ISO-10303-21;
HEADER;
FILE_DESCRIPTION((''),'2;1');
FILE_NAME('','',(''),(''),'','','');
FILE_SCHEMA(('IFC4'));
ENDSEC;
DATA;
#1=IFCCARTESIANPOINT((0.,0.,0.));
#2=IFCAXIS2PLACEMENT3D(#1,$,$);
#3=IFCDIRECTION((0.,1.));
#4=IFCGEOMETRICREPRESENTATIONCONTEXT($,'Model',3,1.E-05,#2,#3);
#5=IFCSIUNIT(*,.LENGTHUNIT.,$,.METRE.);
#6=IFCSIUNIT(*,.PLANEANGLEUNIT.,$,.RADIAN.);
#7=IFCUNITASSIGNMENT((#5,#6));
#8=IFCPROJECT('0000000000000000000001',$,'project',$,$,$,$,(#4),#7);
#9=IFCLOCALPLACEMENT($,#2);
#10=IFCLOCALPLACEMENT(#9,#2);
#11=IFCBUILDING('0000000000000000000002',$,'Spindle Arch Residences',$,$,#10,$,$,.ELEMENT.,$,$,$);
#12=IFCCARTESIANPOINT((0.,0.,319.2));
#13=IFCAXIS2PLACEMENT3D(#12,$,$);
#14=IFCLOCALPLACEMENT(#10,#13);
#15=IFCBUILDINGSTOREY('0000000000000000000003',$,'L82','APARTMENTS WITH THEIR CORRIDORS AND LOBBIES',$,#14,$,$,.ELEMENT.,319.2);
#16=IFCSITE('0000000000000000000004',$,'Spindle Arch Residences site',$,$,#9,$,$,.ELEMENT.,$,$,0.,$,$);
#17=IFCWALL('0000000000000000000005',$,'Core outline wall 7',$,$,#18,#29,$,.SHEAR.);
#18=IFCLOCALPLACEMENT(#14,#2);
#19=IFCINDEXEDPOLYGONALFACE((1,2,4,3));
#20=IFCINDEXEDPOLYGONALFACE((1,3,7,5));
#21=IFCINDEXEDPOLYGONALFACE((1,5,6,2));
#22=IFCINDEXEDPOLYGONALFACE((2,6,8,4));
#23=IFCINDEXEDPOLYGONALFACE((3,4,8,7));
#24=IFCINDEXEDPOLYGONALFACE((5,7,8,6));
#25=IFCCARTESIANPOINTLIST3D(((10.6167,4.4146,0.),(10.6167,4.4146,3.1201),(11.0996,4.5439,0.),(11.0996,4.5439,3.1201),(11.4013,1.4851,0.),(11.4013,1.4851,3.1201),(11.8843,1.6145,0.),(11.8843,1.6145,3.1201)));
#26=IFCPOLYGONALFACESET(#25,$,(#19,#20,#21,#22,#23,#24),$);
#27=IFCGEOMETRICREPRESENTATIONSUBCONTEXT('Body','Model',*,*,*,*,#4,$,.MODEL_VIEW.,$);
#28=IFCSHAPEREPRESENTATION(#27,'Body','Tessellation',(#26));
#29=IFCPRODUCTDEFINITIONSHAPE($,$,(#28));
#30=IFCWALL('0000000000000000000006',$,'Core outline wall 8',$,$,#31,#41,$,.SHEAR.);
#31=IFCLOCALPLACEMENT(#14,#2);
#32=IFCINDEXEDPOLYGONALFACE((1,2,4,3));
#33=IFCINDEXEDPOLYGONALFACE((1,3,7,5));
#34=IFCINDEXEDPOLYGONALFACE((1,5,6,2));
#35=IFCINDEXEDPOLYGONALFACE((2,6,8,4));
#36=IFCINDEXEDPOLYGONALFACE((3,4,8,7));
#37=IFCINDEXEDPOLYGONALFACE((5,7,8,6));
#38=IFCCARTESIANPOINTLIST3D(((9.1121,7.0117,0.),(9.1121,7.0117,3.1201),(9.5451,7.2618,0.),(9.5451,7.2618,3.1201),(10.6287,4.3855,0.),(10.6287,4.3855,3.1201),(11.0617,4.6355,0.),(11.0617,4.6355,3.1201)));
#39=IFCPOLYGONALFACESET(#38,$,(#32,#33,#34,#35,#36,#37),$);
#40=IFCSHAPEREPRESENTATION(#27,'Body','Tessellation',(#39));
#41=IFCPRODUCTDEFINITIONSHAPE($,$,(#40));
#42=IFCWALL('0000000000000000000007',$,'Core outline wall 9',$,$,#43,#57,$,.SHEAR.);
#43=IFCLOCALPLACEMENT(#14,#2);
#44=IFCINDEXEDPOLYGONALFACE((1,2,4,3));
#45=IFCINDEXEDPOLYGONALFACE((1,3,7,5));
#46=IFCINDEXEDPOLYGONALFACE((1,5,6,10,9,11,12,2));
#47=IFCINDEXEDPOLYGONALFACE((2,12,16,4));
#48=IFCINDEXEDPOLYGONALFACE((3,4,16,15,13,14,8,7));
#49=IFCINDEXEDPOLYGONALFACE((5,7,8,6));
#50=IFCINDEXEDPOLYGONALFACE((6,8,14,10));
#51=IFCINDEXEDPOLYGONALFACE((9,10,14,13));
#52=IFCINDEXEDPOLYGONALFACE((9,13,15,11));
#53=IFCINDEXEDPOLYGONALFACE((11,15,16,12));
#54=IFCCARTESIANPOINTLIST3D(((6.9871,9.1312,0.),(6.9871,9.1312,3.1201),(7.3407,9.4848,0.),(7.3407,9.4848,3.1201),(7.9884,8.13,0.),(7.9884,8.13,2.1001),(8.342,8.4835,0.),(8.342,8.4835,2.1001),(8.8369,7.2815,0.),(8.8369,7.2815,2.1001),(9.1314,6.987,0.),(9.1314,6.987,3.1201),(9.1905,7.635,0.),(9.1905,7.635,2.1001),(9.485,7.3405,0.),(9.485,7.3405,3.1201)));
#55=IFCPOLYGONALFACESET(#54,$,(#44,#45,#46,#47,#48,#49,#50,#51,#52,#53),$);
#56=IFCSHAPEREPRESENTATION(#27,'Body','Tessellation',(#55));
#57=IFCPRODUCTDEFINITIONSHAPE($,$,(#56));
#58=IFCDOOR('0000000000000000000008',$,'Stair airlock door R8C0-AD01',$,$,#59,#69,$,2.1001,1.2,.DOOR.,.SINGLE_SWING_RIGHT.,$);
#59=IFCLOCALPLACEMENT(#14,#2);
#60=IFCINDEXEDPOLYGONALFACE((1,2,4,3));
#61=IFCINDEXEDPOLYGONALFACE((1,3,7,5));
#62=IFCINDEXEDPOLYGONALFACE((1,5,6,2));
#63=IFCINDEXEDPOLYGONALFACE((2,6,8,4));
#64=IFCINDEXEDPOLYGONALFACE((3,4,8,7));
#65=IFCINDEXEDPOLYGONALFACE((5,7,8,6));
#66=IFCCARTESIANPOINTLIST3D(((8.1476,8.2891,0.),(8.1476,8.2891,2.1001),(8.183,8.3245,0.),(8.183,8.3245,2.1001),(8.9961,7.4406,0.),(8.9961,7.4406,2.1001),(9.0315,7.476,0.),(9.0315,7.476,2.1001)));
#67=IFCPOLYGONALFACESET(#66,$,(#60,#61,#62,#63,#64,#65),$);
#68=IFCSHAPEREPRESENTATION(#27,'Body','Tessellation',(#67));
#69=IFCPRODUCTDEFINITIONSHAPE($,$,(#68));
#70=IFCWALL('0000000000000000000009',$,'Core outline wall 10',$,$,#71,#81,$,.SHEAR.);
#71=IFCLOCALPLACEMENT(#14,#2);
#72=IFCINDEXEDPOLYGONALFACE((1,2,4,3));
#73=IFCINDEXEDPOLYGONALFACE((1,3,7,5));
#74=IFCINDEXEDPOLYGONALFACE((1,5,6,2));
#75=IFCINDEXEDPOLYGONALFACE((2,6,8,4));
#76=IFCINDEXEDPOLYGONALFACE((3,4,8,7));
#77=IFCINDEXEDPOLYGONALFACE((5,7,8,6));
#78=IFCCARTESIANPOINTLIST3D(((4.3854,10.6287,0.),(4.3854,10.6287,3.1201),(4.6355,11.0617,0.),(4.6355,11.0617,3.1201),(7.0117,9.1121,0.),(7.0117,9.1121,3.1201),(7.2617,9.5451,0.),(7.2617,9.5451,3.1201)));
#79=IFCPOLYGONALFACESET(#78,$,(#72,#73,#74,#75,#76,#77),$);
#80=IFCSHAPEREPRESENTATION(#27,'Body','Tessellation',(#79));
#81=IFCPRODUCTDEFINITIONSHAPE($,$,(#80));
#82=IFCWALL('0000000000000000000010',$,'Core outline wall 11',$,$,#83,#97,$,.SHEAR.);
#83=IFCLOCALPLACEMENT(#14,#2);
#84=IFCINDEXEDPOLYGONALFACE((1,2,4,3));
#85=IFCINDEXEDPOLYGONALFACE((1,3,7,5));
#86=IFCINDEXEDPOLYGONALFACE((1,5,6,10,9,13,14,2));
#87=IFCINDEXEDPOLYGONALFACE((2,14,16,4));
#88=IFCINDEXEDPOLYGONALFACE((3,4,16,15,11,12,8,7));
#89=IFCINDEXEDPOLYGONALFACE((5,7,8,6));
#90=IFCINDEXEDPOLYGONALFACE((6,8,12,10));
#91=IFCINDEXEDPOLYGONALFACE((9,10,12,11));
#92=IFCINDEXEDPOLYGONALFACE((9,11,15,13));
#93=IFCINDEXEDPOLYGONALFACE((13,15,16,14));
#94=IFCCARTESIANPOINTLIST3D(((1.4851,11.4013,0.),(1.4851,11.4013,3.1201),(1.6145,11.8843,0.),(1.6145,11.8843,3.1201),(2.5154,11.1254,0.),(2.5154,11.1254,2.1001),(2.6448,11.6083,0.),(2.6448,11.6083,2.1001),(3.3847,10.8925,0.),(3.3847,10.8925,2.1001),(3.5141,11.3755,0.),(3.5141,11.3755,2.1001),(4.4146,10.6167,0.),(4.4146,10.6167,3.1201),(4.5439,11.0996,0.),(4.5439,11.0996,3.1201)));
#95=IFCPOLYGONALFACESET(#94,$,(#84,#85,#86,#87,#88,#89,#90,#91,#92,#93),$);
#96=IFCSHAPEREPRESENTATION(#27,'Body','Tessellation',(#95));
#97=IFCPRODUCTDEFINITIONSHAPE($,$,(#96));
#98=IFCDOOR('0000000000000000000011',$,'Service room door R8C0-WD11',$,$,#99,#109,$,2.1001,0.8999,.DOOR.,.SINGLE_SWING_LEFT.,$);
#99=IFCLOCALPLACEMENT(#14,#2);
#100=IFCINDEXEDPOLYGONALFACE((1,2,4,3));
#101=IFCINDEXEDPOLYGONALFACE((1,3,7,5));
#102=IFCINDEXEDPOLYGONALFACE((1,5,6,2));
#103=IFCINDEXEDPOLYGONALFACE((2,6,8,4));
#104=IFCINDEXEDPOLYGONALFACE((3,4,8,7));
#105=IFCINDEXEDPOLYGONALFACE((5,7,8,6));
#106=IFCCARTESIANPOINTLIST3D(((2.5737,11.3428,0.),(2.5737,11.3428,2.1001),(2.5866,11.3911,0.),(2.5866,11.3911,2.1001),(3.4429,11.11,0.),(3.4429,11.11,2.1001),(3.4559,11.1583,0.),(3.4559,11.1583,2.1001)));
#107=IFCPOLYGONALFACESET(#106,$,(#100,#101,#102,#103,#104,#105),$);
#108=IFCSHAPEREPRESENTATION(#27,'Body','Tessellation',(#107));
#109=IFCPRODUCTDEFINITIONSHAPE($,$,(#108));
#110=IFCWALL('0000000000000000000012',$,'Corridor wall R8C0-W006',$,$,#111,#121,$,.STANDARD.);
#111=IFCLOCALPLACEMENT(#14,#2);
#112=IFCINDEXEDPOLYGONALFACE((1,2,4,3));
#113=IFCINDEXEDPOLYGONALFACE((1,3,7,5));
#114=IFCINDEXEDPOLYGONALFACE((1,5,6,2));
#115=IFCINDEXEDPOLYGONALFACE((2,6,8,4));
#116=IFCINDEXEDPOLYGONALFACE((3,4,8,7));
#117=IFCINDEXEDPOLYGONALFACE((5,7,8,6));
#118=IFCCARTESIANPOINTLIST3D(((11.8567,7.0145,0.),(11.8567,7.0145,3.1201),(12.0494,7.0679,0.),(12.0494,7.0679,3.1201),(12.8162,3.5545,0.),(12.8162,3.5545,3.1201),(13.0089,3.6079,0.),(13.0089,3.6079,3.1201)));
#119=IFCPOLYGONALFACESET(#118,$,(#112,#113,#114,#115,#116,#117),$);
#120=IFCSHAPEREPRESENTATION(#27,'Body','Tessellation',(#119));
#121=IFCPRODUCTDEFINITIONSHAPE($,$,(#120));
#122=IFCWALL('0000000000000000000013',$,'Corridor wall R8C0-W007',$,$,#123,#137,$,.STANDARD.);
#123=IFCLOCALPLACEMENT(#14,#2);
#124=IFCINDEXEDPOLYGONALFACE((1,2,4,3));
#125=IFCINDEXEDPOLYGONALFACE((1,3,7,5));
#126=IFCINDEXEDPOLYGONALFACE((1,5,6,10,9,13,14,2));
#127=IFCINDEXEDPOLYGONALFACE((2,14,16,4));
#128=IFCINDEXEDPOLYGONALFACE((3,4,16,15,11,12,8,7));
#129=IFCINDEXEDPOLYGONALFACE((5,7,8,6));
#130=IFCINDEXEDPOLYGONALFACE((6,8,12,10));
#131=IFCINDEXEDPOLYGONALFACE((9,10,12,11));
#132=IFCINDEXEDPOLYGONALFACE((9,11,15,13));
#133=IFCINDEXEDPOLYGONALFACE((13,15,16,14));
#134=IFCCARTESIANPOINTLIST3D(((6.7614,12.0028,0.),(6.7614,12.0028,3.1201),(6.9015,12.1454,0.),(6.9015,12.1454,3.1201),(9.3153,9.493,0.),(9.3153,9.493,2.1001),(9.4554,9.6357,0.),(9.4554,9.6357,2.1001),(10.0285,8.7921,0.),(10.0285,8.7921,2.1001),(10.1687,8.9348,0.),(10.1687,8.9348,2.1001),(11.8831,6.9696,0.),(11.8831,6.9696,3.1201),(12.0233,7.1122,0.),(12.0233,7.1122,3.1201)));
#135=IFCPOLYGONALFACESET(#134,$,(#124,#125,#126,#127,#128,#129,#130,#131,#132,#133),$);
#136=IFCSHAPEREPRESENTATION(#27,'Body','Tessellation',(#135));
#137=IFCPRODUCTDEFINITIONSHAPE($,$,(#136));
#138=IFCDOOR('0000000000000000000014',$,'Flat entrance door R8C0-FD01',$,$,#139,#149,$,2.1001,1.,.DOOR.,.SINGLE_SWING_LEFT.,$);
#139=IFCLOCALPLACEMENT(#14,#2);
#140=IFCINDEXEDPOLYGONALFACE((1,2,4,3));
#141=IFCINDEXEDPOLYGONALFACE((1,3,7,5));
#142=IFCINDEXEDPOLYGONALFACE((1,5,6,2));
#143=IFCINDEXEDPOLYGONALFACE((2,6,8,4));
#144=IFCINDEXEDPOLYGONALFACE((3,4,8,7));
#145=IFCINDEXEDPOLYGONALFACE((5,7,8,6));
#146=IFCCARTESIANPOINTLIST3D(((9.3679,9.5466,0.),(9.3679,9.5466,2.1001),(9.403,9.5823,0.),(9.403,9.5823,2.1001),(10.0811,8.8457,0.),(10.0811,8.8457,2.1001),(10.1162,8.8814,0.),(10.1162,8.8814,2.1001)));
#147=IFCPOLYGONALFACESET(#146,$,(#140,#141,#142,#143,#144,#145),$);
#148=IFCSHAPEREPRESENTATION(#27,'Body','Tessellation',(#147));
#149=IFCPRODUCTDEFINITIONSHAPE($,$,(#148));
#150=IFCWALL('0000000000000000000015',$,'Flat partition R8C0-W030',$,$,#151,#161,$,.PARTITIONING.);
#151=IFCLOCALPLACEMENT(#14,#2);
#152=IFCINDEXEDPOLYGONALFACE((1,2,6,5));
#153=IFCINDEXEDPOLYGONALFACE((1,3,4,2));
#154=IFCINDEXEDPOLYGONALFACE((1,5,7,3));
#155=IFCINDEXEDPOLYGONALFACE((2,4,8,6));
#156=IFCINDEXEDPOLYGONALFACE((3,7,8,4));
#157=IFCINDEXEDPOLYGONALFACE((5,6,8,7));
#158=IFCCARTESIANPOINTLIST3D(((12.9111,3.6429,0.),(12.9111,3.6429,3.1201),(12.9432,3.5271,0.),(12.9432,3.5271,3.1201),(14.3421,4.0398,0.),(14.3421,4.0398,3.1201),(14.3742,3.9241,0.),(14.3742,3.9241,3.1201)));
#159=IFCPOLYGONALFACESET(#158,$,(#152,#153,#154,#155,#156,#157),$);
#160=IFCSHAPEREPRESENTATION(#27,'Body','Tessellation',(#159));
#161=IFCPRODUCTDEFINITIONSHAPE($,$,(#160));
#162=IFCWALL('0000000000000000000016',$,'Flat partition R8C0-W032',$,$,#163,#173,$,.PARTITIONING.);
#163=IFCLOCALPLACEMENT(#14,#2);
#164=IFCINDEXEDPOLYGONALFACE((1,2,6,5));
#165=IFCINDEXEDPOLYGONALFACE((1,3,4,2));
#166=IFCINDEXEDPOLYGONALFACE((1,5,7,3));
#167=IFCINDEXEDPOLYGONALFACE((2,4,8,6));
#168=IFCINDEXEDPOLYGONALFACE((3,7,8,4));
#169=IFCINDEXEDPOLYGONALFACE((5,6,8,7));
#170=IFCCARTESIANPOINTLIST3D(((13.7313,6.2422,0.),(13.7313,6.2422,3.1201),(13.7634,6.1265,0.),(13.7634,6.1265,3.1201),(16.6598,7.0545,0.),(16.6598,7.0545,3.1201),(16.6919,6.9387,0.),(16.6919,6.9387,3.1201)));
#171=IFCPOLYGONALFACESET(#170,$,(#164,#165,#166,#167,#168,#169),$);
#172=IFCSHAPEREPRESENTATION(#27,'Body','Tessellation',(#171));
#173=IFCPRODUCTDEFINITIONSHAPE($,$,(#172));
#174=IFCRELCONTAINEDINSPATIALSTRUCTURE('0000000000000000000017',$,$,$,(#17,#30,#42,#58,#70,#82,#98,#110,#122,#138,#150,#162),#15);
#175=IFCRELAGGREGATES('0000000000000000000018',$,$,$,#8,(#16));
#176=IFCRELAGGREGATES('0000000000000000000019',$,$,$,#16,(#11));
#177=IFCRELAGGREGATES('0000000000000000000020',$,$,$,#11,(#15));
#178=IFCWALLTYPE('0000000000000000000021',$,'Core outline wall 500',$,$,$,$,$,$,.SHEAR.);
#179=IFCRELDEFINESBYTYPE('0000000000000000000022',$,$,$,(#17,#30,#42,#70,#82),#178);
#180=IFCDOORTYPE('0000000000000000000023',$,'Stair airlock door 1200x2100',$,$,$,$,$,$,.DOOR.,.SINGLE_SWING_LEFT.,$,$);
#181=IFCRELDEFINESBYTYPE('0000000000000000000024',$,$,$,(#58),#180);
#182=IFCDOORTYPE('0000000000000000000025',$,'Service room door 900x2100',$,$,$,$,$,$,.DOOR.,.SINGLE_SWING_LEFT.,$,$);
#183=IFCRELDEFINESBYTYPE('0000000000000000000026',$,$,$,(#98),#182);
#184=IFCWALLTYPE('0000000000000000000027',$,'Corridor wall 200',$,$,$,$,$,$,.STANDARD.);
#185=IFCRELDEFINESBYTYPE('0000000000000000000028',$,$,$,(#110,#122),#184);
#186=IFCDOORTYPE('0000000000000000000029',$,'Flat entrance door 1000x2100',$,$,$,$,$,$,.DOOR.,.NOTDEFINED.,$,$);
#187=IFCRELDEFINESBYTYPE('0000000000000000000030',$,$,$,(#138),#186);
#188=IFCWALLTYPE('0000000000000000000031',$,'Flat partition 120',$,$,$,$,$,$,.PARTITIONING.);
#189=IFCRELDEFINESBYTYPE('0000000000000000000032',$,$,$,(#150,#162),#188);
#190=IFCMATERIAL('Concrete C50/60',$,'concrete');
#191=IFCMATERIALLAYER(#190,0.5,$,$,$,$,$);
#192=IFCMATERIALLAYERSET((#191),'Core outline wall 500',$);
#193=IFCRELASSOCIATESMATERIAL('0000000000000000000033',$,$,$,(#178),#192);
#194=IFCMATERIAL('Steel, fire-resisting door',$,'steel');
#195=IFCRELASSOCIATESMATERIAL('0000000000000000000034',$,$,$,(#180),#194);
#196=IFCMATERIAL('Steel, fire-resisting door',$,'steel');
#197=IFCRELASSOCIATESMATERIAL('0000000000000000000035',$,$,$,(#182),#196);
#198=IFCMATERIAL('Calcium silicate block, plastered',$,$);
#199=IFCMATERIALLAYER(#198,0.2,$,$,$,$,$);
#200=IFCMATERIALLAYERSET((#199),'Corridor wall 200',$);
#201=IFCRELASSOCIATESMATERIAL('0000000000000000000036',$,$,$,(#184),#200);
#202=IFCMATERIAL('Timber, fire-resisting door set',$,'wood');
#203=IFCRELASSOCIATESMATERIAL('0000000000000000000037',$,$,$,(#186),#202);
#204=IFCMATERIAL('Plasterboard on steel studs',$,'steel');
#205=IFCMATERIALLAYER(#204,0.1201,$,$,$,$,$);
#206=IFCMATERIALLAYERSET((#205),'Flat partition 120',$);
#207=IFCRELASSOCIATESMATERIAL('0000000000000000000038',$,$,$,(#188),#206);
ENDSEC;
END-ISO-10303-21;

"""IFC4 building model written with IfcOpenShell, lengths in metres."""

from ifc_helpers import new_model, si_unit, direction, frame, frame_2d, origin, place, context, subcontext, project, spatial, rectangle, extrude, material, layer, layer_set, type_object, element, fill, save


model = new_model("IFC4")

# Units and contexts
model_context = context("Model", 3, precision=1e-05, world=origin(), true_north=direction((0.0, 1.0)))
body_context = subcontext(model_context, "Body", "Model", "MODEL_VIEW")
ifc_project = project(units=[si_unit("LENGTHUNIT", "METRE"), si_unit("PLANEANGLEUNIT", "RADIAN")], contexts=[model_context])

# Site, building, storey
site_placement = place(None, origin())
site = spatial("IfcSite", under=ifc_project, at=site_placement, Name="Spindle Arch Residences site", CompositionType="ELEMENT", RefElevation=0.0)
building_placement = place(site_placement, origin())
building = spatial("IfcBuilding", under=site, at=building_placement, Name="Spindle Arch Residences", CompositionType="ELEMENT")
storey_placement = place(building_placement, frame((0.0, 0.0, 319.2)))
storey = spatial("IfcBuildingStorey", under=building, at=storey_placement, Name="L82", Description="APARTMENTS WITH THEIR CORRIDORS AND LOBBIES", CompositionType="ELEMENT", Elevation=319.2)

# Walls
ifc_material_1 = material(Name="Concrete C50/60", Category="concrete")
ifc_layer_1 = layer(ifc_material_1, 0.5)
ifc_layer_set_1 = layer_set([ifc_layer_1], Name="Core outline wall 500")
wall_type_1 = type_object("IfcWallType", Name="Core outline wall 500", PredefinedType="SHEAR", material=ifc_layer_set_1)
for number, where, z_axis, x_axis, name in (
    (1, (11.6428, 1.5498, 0.0), (0.0, 0.0, 1.0), (-0.258735, 0.965948, 0.0), "Core outline wall 7"),
    (2, (10.8452, 4.5105, 0.0), (0.0, 0.0, 1.0), (-0.500087, 0.865975, 0.0), "Core outline wall 8"),
):
    element("IfcWall", number, at=place(storey_placement, frame(where, z_axis=z_axis, x_axis=x_axis)), inside=storey, type_object=wall_type_1, Name=name, PredefinedType="SHEAR", context=body_context, shape_type="SweptSolid", body=[
        extrude(rectangle(XDim=3.0327, YDim=0.5, at=frame_2d((1.5164, 0.0))), origin(), (0.0, 0.0, 1.0), 3.1201),
    ])

# Wall, opening, door
wall_1_placement = place(storey_placement, frame((9.3081, 7.1638, 0.0), z_axis=(0.0, 0.0, 1.0), x_axis=(-0.707107, 0.707107, 0.0)))
wall_1 = element("IfcWall", 3, at=wall_1_placement, inside=storey, type_object=wall_type_1, Name="Core outline wall 9", PredefinedType="SHEAR", context=body_context, shape_type="SweptSolid", body=[
    extrude(rectangle(XDim=3.0325, YDim=0.5, at=frame_2d((1.5161, 0.0))), origin(), (0.0, 0.0, 1.0), 3.1201),
])
opening_1_placement = place(wall_1_placement, frame((0.4163, 0.0, 0.0)))
opening_1 = element("IfcOpeningElement", 4, at=opening_1_placement, cuts=wall_1, PredefinedType="OPENING", context=body_context, shape_type="SweptSolid", body=[
    extrude(rectangle(XDim=1.2, YDim=2.1001, at=frame_2d((0.6001, 1.05))), frame((0.0, 0.26, 0.0), z_axis=(0.0, -1.0, 0.0), x_axis=(1.0, 0.0, 0.0)), (0.0, 0.0, 1.0), 0.52),
])
ifc_material_2 = material(Name="Steel, fire-resisting door", Category="steel")
door_type_1 = type_object("IfcDoorType", Name="Stair airlock door 1200x2100", OperationType="SINGLE_SWING_LEFT", PredefinedType="DOOR", material=ifc_material_2)
door_1_placement = place(opening_1_placement, origin())
door_1 = element("IfcDoor", 5, at=door_1_placement, inside=storey, type_object=door_type_1, Name="Stair airlock door R8C0-AD01", OperationType="SINGLE_SWING_RIGHT", OverallHeight=2.1001, OverallWidth=1.2, PredefinedType="DOOR", context=body_context, shape_type="SweptSolid", body=[
    extrude(rectangle(XDim=1.2, YDim=2.1001, at=frame_2d((0.6001, 1.05))), frame((0.0, 0.0249, 0.0), z_axis=(0.0, -1.0, 0.0), x_axis=(1.0, 0.0, 0.0)), (0.0, 0.0, 1.0), 0.05),
])
fill(opening_1, door_1)

# Wall
wall_2_placement = place(storey_placement, frame((7.1367, 9.3286, 0.0), z_axis=(0.0, 0.0, 1.0), x_axis=(-0.865975, 0.500087, 0.0)))
element("IfcWall", 6, at=wall_2_placement, inside=storey, type_object=wall_type_1, Name="Core outline wall 10", PredefinedType="SHEAR", context=body_context, shape_type="SweptSolid", body=[
    extrude(rectangle(XDim=3.0327, YDim=0.5, at=frame_2d((1.5164, 0.0))), origin(), (0.0, 0.0, 1.0), 3.1201),
])

# Wall, opening, door
wall_3_placement = place(storey_placement, frame((4.4792, 10.8582, 0.0), z_axis=(0.0, 0.0, 1.0), x_axis=(-0.965948, 0.258735, 0.0)))
wall_3 = element("IfcWall", 7, at=wall_3_placement, inside=storey, type_object=wall_type_1, Name="Core outline wall 11", PredefinedType="SHEAR", context=body_context, shape_type="SweptSolid", body=[
    extrude(rectangle(XDim=3.0327, YDim=0.5, at=frame_2d((1.5164, 0.0))), origin(), (0.0, 0.0, 1.0), 3.1201),
])
opening_2_placement = place(wall_3_placement, frame((1.0662, 0.0, 0.0)))
opening_2 = element("IfcOpeningElement", 8, at=opening_2_placement, cuts=wall_3, PredefinedType="OPENING", context=body_context, shape_type="SweptSolid", body=[
    extrude(rectangle(XDim=0.8999, YDim=2.1001, at=frame_2d((0.45, 1.05))), frame((0.0, 0.26, 0.0), z_axis=(0.0, -1.0, 0.0), x_axis=(1.0, 0.0, 0.0)), (0.0, 0.0, 1.0), 0.52),
])
ifc_material_3 = material(Name="Steel, fire-resisting door", Category="steel")
door_type_2 = type_object("IfcDoorType", Name="Service room door 900x2100", OperationType="SINGLE_SWING_LEFT", PredefinedType="DOOR", material=ifc_material_3)
door_2_placement = place(opening_2_placement, origin())
door_2 = element("IfcDoor", 9, at=door_2_placement, inside=storey, type_object=door_type_2, Name="Service room door R8C0-WD11", OperationType="SINGLE_SWING_LEFT", OverallHeight=2.1001, OverallWidth=0.8999, PredefinedType="DOOR", context=body_context, shape_type="SweptSolid", body=[
    extrude(rectangle(XDim=0.8999, YDim=2.1001, at=frame_2d((0.45, 1.05))), frame((0.0, 0.0249, 0.0), z_axis=(0.0, -1.0, 0.0), x_axis=(1.0, 0.0, 0.0)), (0.0, 0.0, 1.0), 0.05),
])
fill(opening_2, door_2)

# Wall
ifc_material_4 = material(Name="Calcium silicate block, plastered")
ifc_layer_2 = layer(ifc_material_4, 0.2)
ifc_layer_set_2 = layer_set([ifc_layer_2], Name="Corridor wall 200")
wall_type_2 = type_object("IfcWallType", Name="Corridor wall 200", PredefinedType="STANDARD", material=ifc_layer_set_2)
wall_4_placement = place(storey_placement, frame((12.9126, 3.5811, 0.0), z_axis=(0.0, 0.0, 1.0), x_axis=(-0.267223, 0.963635, 0.0)))
element("IfcWall", 10, at=wall_4_placement, inside=storey, type_object=wall_type_2, Name="Corridor wall R8C0-W006", PredefinedType="STANDARD", context=body_context, shape_type="SweptSolid", body=[
    extrude(rectangle(XDim=3.5906, YDim=0.2, at=frame_2d((1.7954, 0.0))), origin(), (0.0, 0.0, 1.0), 3.1201),
])

# Wall, opening, door
wall_5_placement = place(storey_placement, frame((11.9531, 7.041, 0.0), z_axis=(0.0, 0.0, 1.0), x_axis=(-0.713251, 0.700909, 0.0)))
wall_5 = element("IfcWall", 11, at=wall_5_placement, inside=storey, type_object=wall_type_2, Name="Corridor wall R8C0-W007", PredefinedType="STANDARD", context=body_context, shape_type="SweptSolid", body=[
    extrude(rectangle(XDim=7.1809, YDim=0.2, at=frame_2d((3.5903, 0.0))), origin(), (0.0, 0.0, 1.0), 3.1201),
])
opening_3_placement = place(wall_5_placement, frame((2.6001, 0.0, 0.0)))
opening_3 = element("IfcOpeningElement", 12, at=opening_3_placement, cuts=wall_5, PredefinedType="OPENING", context=body_context, shape_type="SweptSolid", body=[
    extrude(rectangle(XDim=1.0, YDim=2.1001, at=frame_2d((0.5, 1.05))), frame((0.0, 0.1099, 0.0), z_axis=(0.0, -1.0, 0.0), x_axis=(1.0, 0.0, 0.0)), (0.0, 0.0, 1.0), 0.22),
])
ifc_material_5 = material(Name="Timber, fire-resisting door set", Category="wood")
door_type_3 = type_object("IfcDoorType", Name="Flat entrance door 1000x2100", OperationType="NOTDEFINED", PredefinedType="DOOR", material=ifc_material_5)
door_3_placement = place(opening_3_placement, origin())
door_3 = element("IfcDoor", 13, at=door_3_placement, inside=storey, type_object=door_type_3, Name="Flat entrance door R8C0-FD01", OperationType="SINGLE_SWING_LEFT", OverallHeight=2.1001, OverallWidth=1.0, PredefinedType="DOOR", context=body_context, shape_type="SweptSolid", body=[
    extrude(rectangle(XDim=1.0, YDim=2.1001, at=frame_2d((0.5, 1.05))), frame((0.0, 0.0249, 0.0), z_axis=(0.0, -1.0, 0.0), x_axis=(1.0, 0.0, 0.0)), (0.0, 0.0, 1.0), 0.05),
])
fill(opening_3, door_3)

# Walls
ifc_material_6 = material(Name="Plasterboard on steel studs", Category="steel")
ifc_layer_3 = layer(ifc_material_6, 0.1201)
ifc_layer_set_3 = layer_set([ifc_layer_3], Name="Flat partition 120")
wall_type_3 = type_object("IfcWallType", Name="Flat partition 120", PredefinedType="PARTITIONING", material=ifc_layer_set_3)
wall_6_placement = place(storey_placement, frame((12.927, 3.585, 0.0), z_axis=(0.0, 0.0, 1.0), x_axis=(0.963617, 0.267288, 0.0)))
element("IfcWall", 14, at=wall_6_placement, inside=storey, type_object=wall_type_3, Name="Flat partition R8C0-W030", PredefinedType="PARTITIONING", context=body_context, shape_type="SweptSolid", body=[
    extrude(rectangle(XDim=1.4851, YDim=0.1201, at=frame_2d((0.7427, 0.0))), origin(), (0.0, 0.0, 1.0), 3.1201),
])
wall_7_placement = place(storey_placement, frame((13.7473, 6.1843, 0.0), z_axis=(0.0, 0.0, 1.0), x_axis=(0.96362, 0.267275, 0.0)))
element("IfcWall", 15, at=wall_7_placement, inside=storey, type_object=wall_type_3, Name="Flat partition R8C0-W032", PredefinedType="PARTITIONING", context=body_context, shape_type="SweptSolid", body=[
    extrude(rectangle(XDim=3.0391, YDim=0.1201, at=frame_2d((1.5195, 0.0))), origin(), (0.0, 0.0, 1.0), 3.1201),
])

save(model, "model.ifc")
